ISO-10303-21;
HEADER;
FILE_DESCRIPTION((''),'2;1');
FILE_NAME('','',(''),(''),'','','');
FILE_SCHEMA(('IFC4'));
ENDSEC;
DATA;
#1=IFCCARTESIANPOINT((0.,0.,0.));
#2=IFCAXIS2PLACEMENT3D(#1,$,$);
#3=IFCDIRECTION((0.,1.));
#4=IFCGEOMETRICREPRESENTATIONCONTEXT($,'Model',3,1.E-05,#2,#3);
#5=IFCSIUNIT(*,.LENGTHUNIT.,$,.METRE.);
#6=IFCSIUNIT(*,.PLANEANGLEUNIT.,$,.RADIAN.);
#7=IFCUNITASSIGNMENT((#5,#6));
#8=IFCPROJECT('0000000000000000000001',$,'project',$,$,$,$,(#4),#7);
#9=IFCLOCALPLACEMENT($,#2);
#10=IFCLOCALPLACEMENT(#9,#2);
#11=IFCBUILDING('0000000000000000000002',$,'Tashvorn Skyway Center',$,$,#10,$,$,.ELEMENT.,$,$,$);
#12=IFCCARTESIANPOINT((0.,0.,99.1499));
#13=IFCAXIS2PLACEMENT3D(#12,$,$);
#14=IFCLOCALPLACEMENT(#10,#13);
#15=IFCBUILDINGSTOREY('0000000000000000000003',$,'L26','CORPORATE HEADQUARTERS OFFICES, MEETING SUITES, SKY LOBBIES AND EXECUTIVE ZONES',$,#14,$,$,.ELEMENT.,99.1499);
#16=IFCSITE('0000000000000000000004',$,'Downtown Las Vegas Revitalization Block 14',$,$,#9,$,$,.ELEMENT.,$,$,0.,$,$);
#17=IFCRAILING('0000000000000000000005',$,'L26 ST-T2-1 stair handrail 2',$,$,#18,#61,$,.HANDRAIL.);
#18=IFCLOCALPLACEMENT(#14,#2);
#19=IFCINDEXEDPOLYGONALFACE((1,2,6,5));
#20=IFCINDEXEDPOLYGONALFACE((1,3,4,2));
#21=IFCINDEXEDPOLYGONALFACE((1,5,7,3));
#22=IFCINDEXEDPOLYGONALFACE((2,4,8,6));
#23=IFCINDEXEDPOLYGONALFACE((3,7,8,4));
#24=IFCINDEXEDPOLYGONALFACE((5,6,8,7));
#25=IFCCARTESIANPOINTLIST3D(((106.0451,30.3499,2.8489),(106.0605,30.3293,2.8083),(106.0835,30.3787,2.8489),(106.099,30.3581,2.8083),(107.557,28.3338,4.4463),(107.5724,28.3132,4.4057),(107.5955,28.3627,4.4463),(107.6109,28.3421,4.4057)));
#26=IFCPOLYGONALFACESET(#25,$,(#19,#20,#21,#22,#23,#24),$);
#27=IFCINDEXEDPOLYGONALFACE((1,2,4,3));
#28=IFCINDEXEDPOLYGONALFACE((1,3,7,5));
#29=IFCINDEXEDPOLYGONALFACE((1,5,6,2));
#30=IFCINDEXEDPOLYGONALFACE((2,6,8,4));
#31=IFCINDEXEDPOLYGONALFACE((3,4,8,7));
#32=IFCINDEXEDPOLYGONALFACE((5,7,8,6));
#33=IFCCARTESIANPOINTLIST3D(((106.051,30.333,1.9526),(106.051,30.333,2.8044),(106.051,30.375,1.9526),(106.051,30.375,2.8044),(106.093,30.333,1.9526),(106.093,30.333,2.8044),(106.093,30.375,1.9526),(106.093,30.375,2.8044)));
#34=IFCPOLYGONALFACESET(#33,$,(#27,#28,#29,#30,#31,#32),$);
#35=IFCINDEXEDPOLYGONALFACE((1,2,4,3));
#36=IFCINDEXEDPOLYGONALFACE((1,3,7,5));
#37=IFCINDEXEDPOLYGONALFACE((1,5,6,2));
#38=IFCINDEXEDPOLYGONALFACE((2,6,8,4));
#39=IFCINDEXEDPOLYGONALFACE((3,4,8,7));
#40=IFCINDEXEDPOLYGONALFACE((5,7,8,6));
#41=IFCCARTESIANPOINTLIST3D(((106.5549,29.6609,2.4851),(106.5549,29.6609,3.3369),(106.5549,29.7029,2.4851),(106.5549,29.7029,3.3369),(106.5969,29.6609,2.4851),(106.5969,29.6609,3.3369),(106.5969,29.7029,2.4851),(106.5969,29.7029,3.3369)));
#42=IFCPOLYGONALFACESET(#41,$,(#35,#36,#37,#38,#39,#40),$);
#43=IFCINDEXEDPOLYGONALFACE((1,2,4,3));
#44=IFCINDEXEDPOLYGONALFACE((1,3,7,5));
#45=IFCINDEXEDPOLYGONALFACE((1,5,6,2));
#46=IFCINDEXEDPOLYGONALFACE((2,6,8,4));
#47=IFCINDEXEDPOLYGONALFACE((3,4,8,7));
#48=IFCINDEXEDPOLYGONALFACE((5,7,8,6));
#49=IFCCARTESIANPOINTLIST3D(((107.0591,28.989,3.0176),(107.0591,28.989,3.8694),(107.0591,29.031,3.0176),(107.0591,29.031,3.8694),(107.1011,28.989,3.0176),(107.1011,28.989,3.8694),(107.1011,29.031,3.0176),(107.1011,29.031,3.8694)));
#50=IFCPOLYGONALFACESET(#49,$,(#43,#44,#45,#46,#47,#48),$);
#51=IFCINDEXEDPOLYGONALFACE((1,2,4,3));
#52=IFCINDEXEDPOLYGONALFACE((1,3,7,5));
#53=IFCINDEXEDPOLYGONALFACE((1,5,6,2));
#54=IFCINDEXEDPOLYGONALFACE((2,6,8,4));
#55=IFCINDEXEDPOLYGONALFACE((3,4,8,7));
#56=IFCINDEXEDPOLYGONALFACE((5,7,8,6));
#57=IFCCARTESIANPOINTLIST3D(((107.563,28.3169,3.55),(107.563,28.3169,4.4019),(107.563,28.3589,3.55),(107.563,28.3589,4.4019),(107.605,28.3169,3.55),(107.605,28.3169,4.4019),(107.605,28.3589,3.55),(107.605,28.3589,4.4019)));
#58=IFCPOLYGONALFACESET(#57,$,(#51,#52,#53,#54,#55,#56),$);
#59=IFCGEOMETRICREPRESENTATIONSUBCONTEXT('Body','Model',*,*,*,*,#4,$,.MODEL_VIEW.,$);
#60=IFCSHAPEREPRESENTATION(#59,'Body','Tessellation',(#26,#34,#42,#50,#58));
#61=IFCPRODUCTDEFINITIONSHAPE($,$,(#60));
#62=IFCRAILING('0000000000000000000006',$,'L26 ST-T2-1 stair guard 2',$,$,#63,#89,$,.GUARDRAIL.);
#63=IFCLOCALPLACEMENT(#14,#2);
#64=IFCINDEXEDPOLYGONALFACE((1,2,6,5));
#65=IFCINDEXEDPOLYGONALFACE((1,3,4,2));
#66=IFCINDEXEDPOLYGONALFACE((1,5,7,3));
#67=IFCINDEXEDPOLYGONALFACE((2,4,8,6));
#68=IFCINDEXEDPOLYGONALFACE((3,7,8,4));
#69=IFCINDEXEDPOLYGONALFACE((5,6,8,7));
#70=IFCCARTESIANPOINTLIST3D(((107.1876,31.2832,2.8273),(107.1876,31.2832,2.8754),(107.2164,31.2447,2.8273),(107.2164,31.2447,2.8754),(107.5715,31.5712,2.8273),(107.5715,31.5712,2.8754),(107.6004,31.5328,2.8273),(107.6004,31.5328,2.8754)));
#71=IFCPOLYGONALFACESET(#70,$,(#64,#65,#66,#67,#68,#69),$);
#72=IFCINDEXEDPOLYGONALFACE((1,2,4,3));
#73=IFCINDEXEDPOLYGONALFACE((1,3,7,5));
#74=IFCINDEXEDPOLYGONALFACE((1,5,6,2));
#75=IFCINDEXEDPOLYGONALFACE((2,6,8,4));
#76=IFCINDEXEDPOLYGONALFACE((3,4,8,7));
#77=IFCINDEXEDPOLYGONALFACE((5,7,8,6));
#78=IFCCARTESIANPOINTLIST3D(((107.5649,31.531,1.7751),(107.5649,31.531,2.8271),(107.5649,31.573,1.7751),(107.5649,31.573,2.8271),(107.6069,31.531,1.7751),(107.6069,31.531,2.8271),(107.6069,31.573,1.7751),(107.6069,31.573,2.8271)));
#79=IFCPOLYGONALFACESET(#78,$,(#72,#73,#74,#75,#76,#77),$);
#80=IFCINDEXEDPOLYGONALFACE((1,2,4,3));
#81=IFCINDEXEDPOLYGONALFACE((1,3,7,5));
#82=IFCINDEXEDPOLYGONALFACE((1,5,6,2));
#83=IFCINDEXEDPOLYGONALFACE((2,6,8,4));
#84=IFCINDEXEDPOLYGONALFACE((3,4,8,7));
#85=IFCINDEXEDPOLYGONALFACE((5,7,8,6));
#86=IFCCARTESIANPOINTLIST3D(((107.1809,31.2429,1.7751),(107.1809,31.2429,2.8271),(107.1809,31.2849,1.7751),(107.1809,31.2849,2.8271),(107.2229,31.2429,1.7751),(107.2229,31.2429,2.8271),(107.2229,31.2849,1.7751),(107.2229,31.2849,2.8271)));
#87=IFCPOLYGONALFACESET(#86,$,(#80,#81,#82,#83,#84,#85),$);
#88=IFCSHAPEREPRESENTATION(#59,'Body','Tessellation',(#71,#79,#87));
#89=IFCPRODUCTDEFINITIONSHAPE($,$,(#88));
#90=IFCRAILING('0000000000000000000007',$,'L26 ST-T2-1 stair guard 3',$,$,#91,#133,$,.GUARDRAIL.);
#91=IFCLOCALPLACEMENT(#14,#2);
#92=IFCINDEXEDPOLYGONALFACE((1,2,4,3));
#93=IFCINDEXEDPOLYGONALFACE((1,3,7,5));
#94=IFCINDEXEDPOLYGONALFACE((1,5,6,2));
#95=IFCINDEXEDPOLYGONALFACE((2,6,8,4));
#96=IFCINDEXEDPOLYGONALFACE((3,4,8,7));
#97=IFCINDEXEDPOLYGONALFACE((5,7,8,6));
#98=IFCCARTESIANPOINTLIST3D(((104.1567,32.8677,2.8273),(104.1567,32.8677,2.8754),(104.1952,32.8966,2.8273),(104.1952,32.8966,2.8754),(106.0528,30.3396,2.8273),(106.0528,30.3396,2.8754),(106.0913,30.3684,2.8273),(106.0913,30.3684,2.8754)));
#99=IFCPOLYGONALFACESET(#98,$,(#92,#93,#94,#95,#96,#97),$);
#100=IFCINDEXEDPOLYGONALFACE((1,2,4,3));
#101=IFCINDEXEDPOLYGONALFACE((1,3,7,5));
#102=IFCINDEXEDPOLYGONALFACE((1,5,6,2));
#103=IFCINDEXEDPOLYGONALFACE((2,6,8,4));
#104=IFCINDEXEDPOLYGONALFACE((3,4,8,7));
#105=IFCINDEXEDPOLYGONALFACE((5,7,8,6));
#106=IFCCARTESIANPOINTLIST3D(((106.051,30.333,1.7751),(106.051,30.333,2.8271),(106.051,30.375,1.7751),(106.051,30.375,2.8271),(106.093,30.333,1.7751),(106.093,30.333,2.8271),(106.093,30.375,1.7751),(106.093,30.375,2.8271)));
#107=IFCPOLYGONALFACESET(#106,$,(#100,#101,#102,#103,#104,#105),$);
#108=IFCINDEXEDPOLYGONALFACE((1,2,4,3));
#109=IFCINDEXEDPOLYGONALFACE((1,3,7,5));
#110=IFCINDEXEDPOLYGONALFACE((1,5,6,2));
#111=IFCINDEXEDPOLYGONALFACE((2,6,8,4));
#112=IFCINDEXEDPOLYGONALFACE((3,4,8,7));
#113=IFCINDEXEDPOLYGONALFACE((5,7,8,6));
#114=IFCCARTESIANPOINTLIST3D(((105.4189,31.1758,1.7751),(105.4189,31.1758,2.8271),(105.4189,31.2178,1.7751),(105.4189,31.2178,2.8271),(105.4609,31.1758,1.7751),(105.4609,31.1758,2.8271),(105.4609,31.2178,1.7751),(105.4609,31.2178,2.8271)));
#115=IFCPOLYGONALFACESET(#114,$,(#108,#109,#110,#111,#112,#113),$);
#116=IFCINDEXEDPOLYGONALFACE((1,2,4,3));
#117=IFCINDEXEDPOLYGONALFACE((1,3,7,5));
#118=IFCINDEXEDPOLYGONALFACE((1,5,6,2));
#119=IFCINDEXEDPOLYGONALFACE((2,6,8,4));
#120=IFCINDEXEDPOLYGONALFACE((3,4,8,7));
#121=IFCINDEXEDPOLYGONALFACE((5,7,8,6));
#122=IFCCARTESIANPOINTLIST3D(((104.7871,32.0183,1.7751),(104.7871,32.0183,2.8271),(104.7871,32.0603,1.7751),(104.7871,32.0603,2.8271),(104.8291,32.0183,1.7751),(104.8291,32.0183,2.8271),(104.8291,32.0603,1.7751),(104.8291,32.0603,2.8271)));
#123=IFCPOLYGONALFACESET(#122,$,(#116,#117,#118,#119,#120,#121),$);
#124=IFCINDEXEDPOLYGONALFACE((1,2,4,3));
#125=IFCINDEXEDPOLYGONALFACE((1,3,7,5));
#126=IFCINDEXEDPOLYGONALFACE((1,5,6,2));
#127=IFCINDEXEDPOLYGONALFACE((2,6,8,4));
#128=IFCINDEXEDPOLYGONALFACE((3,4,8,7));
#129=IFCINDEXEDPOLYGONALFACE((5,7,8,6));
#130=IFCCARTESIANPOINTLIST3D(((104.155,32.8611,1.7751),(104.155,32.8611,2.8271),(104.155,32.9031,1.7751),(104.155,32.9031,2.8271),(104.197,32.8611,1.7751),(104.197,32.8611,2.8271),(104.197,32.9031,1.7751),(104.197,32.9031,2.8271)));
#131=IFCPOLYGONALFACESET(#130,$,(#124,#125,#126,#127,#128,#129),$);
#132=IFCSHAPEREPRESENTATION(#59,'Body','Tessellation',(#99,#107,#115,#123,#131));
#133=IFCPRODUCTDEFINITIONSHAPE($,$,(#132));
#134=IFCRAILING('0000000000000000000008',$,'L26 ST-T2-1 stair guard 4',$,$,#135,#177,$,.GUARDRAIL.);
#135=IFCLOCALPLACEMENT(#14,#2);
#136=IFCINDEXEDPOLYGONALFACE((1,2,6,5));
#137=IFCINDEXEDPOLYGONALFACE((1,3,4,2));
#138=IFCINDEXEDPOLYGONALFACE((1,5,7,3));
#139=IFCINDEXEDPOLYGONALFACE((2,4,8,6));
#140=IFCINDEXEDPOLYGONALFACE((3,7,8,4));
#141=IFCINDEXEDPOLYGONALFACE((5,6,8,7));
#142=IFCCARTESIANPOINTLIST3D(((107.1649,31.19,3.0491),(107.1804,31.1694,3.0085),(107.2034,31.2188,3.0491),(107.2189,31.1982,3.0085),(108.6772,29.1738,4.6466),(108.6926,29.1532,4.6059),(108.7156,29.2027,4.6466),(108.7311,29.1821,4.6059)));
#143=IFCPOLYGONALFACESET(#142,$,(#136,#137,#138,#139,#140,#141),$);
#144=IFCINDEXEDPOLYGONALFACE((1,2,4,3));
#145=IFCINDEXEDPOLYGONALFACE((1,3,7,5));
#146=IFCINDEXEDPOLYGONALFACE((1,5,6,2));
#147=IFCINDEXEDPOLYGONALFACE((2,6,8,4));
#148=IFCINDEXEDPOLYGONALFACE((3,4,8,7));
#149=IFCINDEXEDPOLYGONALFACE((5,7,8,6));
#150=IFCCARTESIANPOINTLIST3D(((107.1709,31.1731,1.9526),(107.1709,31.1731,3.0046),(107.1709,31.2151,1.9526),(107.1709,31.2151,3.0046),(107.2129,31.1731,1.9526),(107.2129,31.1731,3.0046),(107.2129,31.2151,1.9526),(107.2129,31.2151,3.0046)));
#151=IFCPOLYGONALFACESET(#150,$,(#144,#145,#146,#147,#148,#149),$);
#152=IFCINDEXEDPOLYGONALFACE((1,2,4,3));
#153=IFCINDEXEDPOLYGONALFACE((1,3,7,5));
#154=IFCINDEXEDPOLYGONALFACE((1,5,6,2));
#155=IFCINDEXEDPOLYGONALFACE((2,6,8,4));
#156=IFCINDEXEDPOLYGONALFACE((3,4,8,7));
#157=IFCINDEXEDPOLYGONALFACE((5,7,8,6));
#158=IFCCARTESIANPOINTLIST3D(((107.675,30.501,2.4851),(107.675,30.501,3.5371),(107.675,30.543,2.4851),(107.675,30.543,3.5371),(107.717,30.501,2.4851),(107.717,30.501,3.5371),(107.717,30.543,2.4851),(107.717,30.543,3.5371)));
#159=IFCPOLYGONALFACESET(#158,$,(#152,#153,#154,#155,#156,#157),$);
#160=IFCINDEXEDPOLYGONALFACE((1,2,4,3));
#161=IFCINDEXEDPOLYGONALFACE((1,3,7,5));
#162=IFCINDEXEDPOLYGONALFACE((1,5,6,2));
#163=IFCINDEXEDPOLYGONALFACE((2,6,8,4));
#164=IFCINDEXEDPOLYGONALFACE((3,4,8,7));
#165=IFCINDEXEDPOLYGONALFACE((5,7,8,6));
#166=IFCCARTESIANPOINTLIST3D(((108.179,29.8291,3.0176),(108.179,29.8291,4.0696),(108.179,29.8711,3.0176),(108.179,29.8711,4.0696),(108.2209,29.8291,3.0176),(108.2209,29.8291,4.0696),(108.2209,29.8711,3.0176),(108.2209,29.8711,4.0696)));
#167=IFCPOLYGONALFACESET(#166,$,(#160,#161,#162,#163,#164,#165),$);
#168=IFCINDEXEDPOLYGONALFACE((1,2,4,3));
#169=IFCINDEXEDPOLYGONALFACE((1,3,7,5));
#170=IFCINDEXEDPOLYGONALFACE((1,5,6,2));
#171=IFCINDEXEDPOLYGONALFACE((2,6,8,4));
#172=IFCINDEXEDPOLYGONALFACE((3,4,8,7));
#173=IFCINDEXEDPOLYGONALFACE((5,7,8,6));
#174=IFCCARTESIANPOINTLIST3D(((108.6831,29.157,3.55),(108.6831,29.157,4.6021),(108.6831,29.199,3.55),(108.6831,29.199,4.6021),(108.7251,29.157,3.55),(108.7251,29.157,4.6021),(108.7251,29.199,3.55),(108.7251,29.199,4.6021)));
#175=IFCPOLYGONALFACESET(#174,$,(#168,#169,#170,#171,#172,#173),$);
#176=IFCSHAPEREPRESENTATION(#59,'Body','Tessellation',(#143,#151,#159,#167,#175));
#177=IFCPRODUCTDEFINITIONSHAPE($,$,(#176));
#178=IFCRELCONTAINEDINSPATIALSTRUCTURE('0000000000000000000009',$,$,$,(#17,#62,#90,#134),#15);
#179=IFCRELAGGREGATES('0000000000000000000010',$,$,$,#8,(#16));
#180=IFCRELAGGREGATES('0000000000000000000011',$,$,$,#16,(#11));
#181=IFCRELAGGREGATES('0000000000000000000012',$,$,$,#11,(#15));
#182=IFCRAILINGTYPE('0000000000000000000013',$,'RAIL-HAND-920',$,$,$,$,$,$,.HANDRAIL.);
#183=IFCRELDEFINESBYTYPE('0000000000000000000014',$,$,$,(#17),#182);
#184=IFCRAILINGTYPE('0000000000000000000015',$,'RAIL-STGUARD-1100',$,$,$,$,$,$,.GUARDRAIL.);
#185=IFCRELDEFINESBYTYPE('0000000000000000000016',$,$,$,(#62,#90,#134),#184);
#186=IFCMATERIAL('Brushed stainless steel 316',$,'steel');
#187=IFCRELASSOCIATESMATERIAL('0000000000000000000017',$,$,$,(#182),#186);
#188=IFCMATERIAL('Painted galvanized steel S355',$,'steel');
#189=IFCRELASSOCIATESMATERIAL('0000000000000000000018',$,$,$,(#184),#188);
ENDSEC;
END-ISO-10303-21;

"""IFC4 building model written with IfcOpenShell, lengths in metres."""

from ifc_helpers import new_model, si_unit, direction, frame, origin, origin_2d, place, context, subcontext, project, spatial, rectangle, extrude, material, type_object, element, save


model = new_model("IFC4")

# Units and contexts
model_context = context("Model", 3, precision=1e-05, world=origin(), true_north=direction((0.0, 1.0)))
body_context = subcontext(model_context, "Body", "Model", "MODEL_VIEW")
ifc_project = project(units=[si_unit("LENGTHUNIT", "METRE"), si_unit("PLANEANGLEUNIT", "RADIAN")], contexts=[model_context])

# Site, building, storey
site_placement = place(None, origin())
site = spatial("IfcSite", under=ifc_project, at=site_placement, Name="Downtown Las Vegas Revitalization Block 14", CompositionType="ELEMENT", RefElevation=0.0)
building_placement = place(site_placement, origin())
building = spatial("IfcBuilding", under=site, at=building_placement, Name="Tashvorn Skyway Center", CompositionType="ELEMENT")
storey_placement = place(building_placement, frame((0.0, 0.0, 99.1499)))
storey = spatial("IfcBuildingStorey", under=building, at=storey_placement, Name="L26", Description="CORPORATE HEADQUARTERS OFFICES, MEETING SUITES, SKY LOBBIES AND EXECUTIVE ZONES", CompositionType="ELEMENT", Elevation=99.1499)

# Railings
ifc_material_1 = material(Name="Brushed stainless steel 316", Category="steel")
railing_type_1 = type_object("IfcRailingType", Name="RAIL-HAND-920", PredefinedType="HANDRAIL", material=ifc_material_1)
railing_1_placement = place(storey_placement, frame((106.072, 30.354, 1.9526)))
element("IfcRailing", 1, at=railing_1_placement, inside=storey, type_object=railing_type_1, Name="L26 ST-T2-1 stair handrail 2", PredefinedType="HANDRAIL", context=body_context, shape_type="SweptSolid", body=[
    extrude(rectangle(XDim=0.0481, YDim=0.0481, at=origin_2d()), frame((0.0, 0.0, 0.876), z_axis=(0.506741, -0.675709, 0.535379), x_axis=(0.800023, 0.599969, 0.0)), (0.0, 0.0, 1.0), 2.9836),
    extrude(rectangle(XDim=0.042, YDim=0.042, at=origin_2d()), origin(), (0.0, 0.0, 1.0), 0.8518),
    extrude(rectangle(XDim=0.042, YDim=0.042, at=origin_2d()), frame((0.5039, -0.6721, 0.5325)), (0.0, 0.0, 1.0), 0.8518),
    extrude(rectangle(XDim=0.042, YDim=0.042, at=origin_2d()), frame((1.0081, -1.344, 1.0649)), (0.0, 0.0, 1.0), 0.8518),
    extrude(rectangle(XDim=0.042, YDim=0.042, at=origin_2d()), frame((1.512, -2.0161, 1.5974)), (0.0, 0.0, 1.0), 0.8518),
])
ifc_material_2 = material(Name="Painted galvanized steel S355", Category="steel")
railing_type_2 = type_object("IfcRailingType", Name="RAIL-STGUARD-1100", PredefinedType="GUARDRAIL", material=ifc_material_2)
railing_2_placement = place(storey_placement, frame((107.5859, 31.552, 1.7751)))
element("IfcRailing", 2, at=railing_2_placement, inside=storey, type_object=railing_type_2, Name="L26 ST-T2-1 stair guard 2", PredefinedType="GUARDRAIL", context=body_context, shape_type="SweptSolid", body=[
    extrude(rectangle(XDim=0.0481, YDim=0.0481, at=origin_2d()), frame((0.0, 0.0, 1.0762), z_axis=(-0.799939, -0.600081, 0.0), x_axis=(0.600081, -0.799939, 0.0)), (0.0, 0.0, 1.0), 0.48),
    extrude(rectangle(XDim=0.042, YDim=0.042, at=origin_2d()), origin(), (0.0, 0.0, 1.0), 1.052),
    extrude(rectangle(XDim=0.042, YDim=0.042, at=origin_2d()), frame((-0.384, -0.2881, 0.0)), (0.0, 0.0, 1.0), 1.052),
])
railing_3_placement = place(storey_placement, frame((106.072, 30.354, 1.7751)))
element("IfcRailing", 3, at=railing_3_placement, inside=storey, type_object=railing_type_2, Name="L26 ST-T2-1 stair guard 3", PredefinedType="GUARDRAIL", context=body_context, shape_type="SweptSolid", body=[
    extrude(rectangle(XDim=0.0481, YDim=0.0481, at=origin_2d()), frame((0.0, 0.0, 1.0762), z_axis=(-0.599988, 0.800009, 0.0), x_axis=(-0.800009, -0.599988, 0.0)), (0.0, 0.0, 1.0), 3.1602),
    extrude(rectangle(XDim=0.042, YDim=0.042, at=origin_2d()), origin(), (0.0, 0.0, 1.0), 1.052),
    extrude(rectangle(XDim=0.042, YDim=0.042, at=origin_2d()), frame((-0.6321, 0.8428, 0.0)), (0.0, 0.0, 1.0), 1.052),
    extrude(rectangle(XDim=0.042, YDim=0.042, at=origin_2d()), frame((-1.2639, 1.6853, 0.0)), (0.0, 0.0, 1.0), 1.052),
    extrude(rectangle(XDim=0.042, YDim=0.042, at=origin_2d()), frame((-1.896, 2.5281, 0.0)), (0.0, 0.0, 1.0), 1.052),
])
railing_4_placement = place(storey_placement, frame((107.1919, 31.1941, 1.9526)))
element("IfcRailing", 4, at=railing_4_placement, inside=storey, type_object=railing_type_2, Name="L26 ST-T2-1 stair guard 4", PredefinedType="GUARDRAIL", context=body_context, shape_type="SweptSolid", body=[
    extrude(rectangle(XDim=0.0481, YDim=0.0481, at=origin_2d()), frame((0.0, 0.0, 1.0762), z_axis=(0.506802, -0.675681, 0.535357), x_axis=(0.799977, 0.600031, 0.0)), (0.0, 0.0, 1.0), 2.9839),
    extrude(rectangle(XDim=0.042, YDim=0.042, at=origin_2d()), origin(), (0.0, 0.0, 1.0), 1.052),
    extrude(rectangle(XDim=0.042, YDim=0.042, at=origin_2d()), frame((0.5042, -0.6721, 0.5325)), (0.0, 0.0, 1.0), 1.052),
    extrude(rectangle(XDim=0.042, YDim=0.042, at=origin_2d()), frame((1.0081, -1.344, 1.0649)), (0.0, 0.0, 1.0), 1.052),
    extrude(rectangle(XDim=0.042, YDim=0.042, at=origin_2d()), frame((1.5122, -2.0161, 1.5974)), (0.0, 0.0, 1.0), 1.052),
])

save(model, "model.ifc")
